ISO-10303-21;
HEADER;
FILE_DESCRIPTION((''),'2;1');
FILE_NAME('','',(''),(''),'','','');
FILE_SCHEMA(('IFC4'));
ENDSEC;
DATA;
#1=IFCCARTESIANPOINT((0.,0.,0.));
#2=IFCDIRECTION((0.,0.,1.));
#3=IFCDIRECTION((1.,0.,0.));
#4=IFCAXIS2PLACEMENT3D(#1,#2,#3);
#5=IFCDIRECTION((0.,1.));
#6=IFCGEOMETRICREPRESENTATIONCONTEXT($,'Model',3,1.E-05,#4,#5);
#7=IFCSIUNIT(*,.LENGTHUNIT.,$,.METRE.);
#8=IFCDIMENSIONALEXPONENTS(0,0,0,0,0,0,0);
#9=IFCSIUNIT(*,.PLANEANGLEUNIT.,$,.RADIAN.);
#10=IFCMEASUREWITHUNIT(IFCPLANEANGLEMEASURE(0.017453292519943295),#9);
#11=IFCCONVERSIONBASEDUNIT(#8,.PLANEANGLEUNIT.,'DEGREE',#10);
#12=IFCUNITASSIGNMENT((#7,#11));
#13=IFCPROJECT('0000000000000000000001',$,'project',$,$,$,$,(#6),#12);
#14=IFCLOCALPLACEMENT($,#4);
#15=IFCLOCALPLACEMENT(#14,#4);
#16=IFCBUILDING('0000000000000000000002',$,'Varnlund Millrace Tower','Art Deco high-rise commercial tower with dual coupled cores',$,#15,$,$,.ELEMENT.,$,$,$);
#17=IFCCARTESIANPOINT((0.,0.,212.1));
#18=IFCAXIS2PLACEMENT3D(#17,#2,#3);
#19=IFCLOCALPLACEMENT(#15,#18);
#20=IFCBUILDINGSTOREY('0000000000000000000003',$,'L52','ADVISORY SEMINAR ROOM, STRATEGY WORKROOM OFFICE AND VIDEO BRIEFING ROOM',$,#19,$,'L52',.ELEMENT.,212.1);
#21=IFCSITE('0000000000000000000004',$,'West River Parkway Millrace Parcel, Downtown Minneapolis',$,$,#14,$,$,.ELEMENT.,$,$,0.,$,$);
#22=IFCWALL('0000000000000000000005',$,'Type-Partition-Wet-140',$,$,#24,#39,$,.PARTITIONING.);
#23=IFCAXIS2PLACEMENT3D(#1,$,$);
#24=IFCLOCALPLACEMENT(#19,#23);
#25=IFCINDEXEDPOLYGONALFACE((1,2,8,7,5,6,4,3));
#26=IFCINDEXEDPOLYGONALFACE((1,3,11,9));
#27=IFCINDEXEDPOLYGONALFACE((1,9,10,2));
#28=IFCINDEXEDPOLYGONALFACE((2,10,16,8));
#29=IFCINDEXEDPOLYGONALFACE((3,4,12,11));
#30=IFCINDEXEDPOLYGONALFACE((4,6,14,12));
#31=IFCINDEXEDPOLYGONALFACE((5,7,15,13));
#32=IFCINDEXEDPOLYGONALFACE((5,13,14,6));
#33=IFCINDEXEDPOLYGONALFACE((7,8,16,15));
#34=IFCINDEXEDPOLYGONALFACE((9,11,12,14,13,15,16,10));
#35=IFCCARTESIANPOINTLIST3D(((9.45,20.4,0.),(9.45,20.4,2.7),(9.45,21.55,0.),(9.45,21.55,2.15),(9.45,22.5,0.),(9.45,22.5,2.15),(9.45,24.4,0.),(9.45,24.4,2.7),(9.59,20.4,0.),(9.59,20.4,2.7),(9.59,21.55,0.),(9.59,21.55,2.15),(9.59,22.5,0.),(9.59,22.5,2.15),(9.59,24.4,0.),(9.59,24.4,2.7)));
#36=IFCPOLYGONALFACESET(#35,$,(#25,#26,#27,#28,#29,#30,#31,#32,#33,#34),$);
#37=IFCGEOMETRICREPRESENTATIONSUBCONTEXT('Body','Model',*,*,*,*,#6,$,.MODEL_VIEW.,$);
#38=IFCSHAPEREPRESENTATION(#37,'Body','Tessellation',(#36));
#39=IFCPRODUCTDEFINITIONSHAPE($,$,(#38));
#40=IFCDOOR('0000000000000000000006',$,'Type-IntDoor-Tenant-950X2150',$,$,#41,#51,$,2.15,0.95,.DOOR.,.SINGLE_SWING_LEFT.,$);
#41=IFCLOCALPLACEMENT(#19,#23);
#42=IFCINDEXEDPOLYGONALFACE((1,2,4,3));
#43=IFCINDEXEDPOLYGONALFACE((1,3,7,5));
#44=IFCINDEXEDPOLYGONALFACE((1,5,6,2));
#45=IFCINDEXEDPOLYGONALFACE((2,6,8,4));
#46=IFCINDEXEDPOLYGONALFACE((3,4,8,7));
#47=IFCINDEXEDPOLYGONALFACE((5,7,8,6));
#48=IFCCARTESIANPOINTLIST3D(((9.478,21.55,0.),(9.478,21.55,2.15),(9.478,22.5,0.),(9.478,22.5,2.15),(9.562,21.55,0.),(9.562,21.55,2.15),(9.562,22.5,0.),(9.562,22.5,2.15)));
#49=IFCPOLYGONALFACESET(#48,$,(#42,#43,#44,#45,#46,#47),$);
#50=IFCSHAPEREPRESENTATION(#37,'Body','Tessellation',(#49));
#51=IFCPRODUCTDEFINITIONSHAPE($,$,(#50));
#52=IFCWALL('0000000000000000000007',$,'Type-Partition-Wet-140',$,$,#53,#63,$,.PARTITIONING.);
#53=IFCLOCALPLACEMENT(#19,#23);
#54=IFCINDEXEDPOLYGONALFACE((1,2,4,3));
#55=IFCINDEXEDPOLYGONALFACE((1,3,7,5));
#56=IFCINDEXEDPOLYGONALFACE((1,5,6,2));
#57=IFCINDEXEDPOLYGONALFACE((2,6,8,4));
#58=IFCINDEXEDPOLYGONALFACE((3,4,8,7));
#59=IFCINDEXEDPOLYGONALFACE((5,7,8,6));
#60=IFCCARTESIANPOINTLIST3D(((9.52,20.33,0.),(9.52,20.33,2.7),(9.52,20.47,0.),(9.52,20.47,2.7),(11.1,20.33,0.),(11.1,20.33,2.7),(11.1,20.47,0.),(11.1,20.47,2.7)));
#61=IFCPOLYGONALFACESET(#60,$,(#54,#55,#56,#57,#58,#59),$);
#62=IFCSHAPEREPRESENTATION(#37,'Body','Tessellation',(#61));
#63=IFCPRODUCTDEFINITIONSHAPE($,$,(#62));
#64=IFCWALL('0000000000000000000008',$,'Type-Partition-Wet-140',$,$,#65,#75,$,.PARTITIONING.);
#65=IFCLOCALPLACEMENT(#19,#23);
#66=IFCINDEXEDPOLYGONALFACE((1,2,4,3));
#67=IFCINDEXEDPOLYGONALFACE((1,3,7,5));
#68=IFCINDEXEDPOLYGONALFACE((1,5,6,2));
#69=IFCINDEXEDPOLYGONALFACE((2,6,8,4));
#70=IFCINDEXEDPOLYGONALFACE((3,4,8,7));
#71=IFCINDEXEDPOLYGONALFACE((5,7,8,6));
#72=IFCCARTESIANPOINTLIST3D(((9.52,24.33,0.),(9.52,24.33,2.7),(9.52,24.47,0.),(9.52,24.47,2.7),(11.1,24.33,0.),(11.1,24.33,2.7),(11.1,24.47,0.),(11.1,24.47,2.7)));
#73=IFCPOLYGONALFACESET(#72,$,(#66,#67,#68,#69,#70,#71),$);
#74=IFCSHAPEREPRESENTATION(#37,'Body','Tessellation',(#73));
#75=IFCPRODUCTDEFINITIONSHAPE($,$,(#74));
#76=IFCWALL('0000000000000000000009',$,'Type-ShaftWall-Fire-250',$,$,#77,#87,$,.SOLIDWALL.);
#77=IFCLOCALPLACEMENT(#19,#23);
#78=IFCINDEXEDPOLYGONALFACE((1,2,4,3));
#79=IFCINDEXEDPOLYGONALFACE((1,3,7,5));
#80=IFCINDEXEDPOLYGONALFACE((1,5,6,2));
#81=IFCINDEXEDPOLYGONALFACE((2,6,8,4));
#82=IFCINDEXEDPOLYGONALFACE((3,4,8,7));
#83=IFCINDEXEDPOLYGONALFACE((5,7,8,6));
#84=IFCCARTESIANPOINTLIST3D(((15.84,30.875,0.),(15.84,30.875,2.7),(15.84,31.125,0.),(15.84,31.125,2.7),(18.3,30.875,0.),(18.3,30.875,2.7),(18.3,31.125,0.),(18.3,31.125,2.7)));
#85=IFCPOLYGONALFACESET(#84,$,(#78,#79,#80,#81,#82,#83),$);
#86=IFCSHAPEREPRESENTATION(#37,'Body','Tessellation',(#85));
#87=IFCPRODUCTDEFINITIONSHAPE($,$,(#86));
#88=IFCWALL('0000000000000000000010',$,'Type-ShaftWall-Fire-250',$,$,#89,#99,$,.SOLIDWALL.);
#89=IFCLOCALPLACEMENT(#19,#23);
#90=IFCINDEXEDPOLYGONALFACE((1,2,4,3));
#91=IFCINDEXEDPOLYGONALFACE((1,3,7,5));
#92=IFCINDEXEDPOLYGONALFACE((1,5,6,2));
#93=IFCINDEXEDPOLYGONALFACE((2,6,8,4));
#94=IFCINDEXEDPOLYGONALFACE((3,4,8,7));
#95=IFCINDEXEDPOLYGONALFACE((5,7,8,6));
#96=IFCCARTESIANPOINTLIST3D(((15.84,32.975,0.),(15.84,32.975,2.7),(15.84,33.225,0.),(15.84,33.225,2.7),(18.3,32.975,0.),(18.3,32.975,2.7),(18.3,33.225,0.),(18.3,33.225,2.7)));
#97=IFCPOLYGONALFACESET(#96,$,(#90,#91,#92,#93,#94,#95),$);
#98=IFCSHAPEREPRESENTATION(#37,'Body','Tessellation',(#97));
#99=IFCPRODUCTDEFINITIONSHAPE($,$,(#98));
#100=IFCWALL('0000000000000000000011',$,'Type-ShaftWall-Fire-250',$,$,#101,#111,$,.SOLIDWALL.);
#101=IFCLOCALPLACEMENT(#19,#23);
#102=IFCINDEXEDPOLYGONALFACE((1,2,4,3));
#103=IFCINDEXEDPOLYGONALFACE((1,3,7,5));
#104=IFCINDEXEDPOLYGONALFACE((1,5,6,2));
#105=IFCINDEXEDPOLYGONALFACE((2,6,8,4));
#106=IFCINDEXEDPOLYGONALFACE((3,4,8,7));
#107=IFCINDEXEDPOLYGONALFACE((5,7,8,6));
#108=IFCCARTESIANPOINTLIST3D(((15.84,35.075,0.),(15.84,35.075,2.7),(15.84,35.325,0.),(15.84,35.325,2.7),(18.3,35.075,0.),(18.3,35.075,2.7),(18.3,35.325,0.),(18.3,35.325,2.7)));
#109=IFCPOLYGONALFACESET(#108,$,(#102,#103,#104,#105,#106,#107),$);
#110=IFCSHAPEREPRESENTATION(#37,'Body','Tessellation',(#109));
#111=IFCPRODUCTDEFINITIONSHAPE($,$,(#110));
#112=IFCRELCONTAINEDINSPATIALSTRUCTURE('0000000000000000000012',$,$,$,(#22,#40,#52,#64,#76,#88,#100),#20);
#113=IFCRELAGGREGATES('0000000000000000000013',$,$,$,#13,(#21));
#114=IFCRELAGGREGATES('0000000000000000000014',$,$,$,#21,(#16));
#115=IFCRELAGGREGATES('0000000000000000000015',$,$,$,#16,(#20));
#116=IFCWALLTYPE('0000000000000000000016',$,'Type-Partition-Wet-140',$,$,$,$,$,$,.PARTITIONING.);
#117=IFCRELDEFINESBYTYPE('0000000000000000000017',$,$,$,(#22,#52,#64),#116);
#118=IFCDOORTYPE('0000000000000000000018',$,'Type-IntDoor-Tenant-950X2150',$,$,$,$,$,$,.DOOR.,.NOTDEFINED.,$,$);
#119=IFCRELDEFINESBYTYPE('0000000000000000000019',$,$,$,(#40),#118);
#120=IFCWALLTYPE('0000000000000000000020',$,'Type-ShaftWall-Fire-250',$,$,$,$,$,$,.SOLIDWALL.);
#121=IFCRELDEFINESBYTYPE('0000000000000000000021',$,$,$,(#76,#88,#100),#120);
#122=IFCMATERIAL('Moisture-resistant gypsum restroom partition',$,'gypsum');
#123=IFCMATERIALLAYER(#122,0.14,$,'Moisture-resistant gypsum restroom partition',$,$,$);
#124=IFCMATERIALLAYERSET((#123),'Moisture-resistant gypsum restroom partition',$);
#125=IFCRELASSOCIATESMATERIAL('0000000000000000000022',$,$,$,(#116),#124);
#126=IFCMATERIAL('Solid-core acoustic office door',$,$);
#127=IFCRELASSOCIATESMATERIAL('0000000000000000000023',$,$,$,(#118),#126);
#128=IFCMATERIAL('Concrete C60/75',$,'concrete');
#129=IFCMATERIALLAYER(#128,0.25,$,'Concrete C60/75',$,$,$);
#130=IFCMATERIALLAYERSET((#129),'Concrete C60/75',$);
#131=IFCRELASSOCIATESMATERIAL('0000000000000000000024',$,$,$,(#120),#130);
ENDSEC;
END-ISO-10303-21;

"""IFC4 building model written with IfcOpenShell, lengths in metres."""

from ifc_helpers import new_model, entity, si_unit, converted_unit, direction, frame, origin_with_axes, origin_2d_with_axis, place, context, subcontext, project, spatial, polyline, rectangle, outline, extrude, material, layer, layer_set, type_object, element, fill, save


model = new_model("IFC4")

# Units and contexts
model_context = context("Model", 3, precision=1e-05, world=origin_with_axes(), true_north=direction((0.0, 1.0)))
body_context = subcontext(model_context, "Body", "Model", "MODEL_VIEW")
ifc_project = project(units=[si_unit("LENGTHUNIT", "METRE"), converted_unit("PLANEANGLEUNIT", "DEGREE", entity("IfcPlaneAngleMeasure", 0.017453292519943295), si_unit("PLANEANGLEUNIT", "RADIAN"), dimensions=[0, 0, 0, 0, 0, 0, 0])], contexts=[model_context])

# Site, building, storey
site_placement = place(None, origin_with_axes())
site = spatial("IfcSite", under=ifc_project, at=site_placement, Name="West River Parkway Millrace Parcel, Downtown Minneapolis", CompositionType="ELEMENT", RefElevation=0.0)
building_placement = place(site_placement, origin_with_axes())
building = spatial("IfcBuilding", under=site, at=building_placement, Name="Varnlund Millrace Tower", Description="Art Deco high-rise commercial tower with dual coupled cores", CompositionType="ELEMENT")
storey_placement = place(building_placement, frame((0.0, 0.0, 212.1), z_axis=(0.0, 0.0, 1.0), x_axis=(1.0, 0.0, 0.0)))
storey = spatial("IfcBuildingStorey", under=building, at=storey_placement, Name="L52", Description="ADVISORY SEMINAR ROOM, STRATEGY WORKROOM OFFICE AND VIDEO BRIEFING ROOM", LongName="L52", CompositionType="ELEMENT", Elevation=212.1)

# Wall, opening, door
ifc_material_1 = material(Name="Moisture-resistant gypsum restroom partition", Category="gypsum")
ifc_layer_1 = layer(ifc_material_1, 0.14, Name="Moisture-resistant gypsum restroom partition")
ifc_layer_set_1 = layer_set([ifc_layer_1], Name="Moisture-resistant gypsum restroom partition")
wall_type_1 = type_object("IfcWallType", Name="Type-Partition-Wet-140", PredefinedType="PARTITIONING", material=ifc_layer_set_1)
wall_1_placement = place(storey_placement, frame((9.52, 20.4, 0.0), z_axis=(0.0, 0.0, 1.0), x_axis=(0.0, 1.0, 0.0)))
wall_1 = element("IfcWall", 1, at=wall_1_placement, inside=storey, type_object=wall_type_1, Name="Type-Partition-Wet-140", PredefinedType="PARTITIONING", context=body_context, shape_type="SweptSolid", body=[
    extrude(outline(polyline([(0.0, -0.07), (4.0, -0.07), (4.0, 0.07), (0.0, 0.07), (0.0, -0.07)])), origin_with_axes(), (0.0, 0.0, 1.0), 2.7),
])
opening_1_placement = place(wall_1_placement, frame((1.625, 0.0, 0.0), z_axis=(0.0, 0.0, 1.0), x_axis=(1.0, 0.0, 0.0)))
opening_1 = element("IfcOpeningElement", 2, at=opening_1_placement, cuts=wall_1, PredefinedType="OPENING", context=body_context, shape_type="SweptSolid", body=[
    extrude(rectangle(XDim=0.95, YDim=0.16, at=origin_2d_with_axis()), origin_with_axes(), (0.0, 0.0, 1.0), 2.15),
])
ifc_material_2 = material(Name="Solid-core acoustic office door")
door_type_1 = type_object("IfcDoorType", Name="Type-IntDoor-Tenant-950X2150", OperationType="NOTDEFINED", PredefinedType="DOOR", material=ifc_material_2)
door_1_placement = place(wall_1_placement, frame((1.625, 0.0, 0.0), z_axis=(0.0, 0.0, 1.0), x_axis=(1.0, 0.0, 0.0)))
door_1 = element("IfcDoor", 3, at=door_1_placement, inside=storey, type_object=door_type_1, Name="Type-IntDoor-Tenant-950X2150", OperationType="SINGLE_SWING_LEFT", OverallHeight=2.15, OverallWidth=0.95, PredefinedType="DOOR", context=body_context, shape_type="SweptSolid", body=[
    extrude(rectangle(XDim=0.95, YDim=0.084, at=origin_2d_with_axis()), origin_with_axes(), (0.0, 0.0, 1.0), 2.15),
])
fill(opening_1, door_1)

# Walls
for number, where, z_axis, x_axis, name in (
    (4, (9.52, 20.4, 0.0), (0.0, 0.0, 1.0), (1.0, 0.0, 0.0), "Type-Partition-Wet-140"),
    (5, (9.52, 24.4, 0.0), (0.0, 0.0, 1.0), (1.0, 0.0, 0.0), "Type-Partition-Wet-140"),
):
    element("IfcWall", number, at=place(storey_placement, frame(where, z_axis=z_axis, x_axis=x_axis)), inside=storey, type_object=wall_type_1, Name=name, PredefinedType="PARTITIONING", context=body_context, shape_type="SweptSolid", body=[
        extrude(outline(polyline([(0.0, -0.07), (1.58, -0.07), (1.58, 0.07), (0.0, 0.07), (0.0, -0.07)])), origin_with_axes(), (0.0, 0.0, 1.0), 2.7),
    ])
ifc_material_3 = material(Name="Concrete C60/75", Category="concrete")
ifc_layer_2 = layer(ifc_material_3, 0.25, Name="Concrete C60/75")
ifc_layer_set_2 = layer_set([ifc_layer_2], Name="Concrete C60/75")
wall_type_2 = type_object("IfcWallType", Name="Type-ShaftWall-Fire-250", PredefinedType="SOLIDWALL", material=ifc_layer_set_2)
for number, where, z_axis, x_axis, name in (
    (6, (15.84, 31.0, 0.0), (0.0, 0.0, 1.0), (1.0, 0.0, 0.0), "Type-ShaftWall-Fire-250"),
    (7, (15.84, 33.1, 0.0), (0.0, 0.0, 1.0), (1.0, 0.0, 0.0), "Type-ShaftWall-Fire-250"),
    (8, (15.84, 35.2, 0.0), (0.0, 0.0, 1.0), (1.0, 0.0, 0.0), "Type-ShaftWall-Fire-250"),
):
    element("IfcWall", number, at=place(storey_placement, frame(where, z_axis=z_axis, x_axis=x_axis)), inside=storey, type_object=wall_type_2, Name=name, PredefinedType="SOLIDWALL", context=body_context, shape_type="SweptSolid", body=[
        extrude(outline(polyline([(0.0, -0.125), (2.46, -0.125), (2.46, 0.125), (0.0, 0.125), (0.0, -0.125)])), origin_with_axes(), (0.0, 0.0, 1.0), 2.7),
    ])

save(model, "model.ifc")
